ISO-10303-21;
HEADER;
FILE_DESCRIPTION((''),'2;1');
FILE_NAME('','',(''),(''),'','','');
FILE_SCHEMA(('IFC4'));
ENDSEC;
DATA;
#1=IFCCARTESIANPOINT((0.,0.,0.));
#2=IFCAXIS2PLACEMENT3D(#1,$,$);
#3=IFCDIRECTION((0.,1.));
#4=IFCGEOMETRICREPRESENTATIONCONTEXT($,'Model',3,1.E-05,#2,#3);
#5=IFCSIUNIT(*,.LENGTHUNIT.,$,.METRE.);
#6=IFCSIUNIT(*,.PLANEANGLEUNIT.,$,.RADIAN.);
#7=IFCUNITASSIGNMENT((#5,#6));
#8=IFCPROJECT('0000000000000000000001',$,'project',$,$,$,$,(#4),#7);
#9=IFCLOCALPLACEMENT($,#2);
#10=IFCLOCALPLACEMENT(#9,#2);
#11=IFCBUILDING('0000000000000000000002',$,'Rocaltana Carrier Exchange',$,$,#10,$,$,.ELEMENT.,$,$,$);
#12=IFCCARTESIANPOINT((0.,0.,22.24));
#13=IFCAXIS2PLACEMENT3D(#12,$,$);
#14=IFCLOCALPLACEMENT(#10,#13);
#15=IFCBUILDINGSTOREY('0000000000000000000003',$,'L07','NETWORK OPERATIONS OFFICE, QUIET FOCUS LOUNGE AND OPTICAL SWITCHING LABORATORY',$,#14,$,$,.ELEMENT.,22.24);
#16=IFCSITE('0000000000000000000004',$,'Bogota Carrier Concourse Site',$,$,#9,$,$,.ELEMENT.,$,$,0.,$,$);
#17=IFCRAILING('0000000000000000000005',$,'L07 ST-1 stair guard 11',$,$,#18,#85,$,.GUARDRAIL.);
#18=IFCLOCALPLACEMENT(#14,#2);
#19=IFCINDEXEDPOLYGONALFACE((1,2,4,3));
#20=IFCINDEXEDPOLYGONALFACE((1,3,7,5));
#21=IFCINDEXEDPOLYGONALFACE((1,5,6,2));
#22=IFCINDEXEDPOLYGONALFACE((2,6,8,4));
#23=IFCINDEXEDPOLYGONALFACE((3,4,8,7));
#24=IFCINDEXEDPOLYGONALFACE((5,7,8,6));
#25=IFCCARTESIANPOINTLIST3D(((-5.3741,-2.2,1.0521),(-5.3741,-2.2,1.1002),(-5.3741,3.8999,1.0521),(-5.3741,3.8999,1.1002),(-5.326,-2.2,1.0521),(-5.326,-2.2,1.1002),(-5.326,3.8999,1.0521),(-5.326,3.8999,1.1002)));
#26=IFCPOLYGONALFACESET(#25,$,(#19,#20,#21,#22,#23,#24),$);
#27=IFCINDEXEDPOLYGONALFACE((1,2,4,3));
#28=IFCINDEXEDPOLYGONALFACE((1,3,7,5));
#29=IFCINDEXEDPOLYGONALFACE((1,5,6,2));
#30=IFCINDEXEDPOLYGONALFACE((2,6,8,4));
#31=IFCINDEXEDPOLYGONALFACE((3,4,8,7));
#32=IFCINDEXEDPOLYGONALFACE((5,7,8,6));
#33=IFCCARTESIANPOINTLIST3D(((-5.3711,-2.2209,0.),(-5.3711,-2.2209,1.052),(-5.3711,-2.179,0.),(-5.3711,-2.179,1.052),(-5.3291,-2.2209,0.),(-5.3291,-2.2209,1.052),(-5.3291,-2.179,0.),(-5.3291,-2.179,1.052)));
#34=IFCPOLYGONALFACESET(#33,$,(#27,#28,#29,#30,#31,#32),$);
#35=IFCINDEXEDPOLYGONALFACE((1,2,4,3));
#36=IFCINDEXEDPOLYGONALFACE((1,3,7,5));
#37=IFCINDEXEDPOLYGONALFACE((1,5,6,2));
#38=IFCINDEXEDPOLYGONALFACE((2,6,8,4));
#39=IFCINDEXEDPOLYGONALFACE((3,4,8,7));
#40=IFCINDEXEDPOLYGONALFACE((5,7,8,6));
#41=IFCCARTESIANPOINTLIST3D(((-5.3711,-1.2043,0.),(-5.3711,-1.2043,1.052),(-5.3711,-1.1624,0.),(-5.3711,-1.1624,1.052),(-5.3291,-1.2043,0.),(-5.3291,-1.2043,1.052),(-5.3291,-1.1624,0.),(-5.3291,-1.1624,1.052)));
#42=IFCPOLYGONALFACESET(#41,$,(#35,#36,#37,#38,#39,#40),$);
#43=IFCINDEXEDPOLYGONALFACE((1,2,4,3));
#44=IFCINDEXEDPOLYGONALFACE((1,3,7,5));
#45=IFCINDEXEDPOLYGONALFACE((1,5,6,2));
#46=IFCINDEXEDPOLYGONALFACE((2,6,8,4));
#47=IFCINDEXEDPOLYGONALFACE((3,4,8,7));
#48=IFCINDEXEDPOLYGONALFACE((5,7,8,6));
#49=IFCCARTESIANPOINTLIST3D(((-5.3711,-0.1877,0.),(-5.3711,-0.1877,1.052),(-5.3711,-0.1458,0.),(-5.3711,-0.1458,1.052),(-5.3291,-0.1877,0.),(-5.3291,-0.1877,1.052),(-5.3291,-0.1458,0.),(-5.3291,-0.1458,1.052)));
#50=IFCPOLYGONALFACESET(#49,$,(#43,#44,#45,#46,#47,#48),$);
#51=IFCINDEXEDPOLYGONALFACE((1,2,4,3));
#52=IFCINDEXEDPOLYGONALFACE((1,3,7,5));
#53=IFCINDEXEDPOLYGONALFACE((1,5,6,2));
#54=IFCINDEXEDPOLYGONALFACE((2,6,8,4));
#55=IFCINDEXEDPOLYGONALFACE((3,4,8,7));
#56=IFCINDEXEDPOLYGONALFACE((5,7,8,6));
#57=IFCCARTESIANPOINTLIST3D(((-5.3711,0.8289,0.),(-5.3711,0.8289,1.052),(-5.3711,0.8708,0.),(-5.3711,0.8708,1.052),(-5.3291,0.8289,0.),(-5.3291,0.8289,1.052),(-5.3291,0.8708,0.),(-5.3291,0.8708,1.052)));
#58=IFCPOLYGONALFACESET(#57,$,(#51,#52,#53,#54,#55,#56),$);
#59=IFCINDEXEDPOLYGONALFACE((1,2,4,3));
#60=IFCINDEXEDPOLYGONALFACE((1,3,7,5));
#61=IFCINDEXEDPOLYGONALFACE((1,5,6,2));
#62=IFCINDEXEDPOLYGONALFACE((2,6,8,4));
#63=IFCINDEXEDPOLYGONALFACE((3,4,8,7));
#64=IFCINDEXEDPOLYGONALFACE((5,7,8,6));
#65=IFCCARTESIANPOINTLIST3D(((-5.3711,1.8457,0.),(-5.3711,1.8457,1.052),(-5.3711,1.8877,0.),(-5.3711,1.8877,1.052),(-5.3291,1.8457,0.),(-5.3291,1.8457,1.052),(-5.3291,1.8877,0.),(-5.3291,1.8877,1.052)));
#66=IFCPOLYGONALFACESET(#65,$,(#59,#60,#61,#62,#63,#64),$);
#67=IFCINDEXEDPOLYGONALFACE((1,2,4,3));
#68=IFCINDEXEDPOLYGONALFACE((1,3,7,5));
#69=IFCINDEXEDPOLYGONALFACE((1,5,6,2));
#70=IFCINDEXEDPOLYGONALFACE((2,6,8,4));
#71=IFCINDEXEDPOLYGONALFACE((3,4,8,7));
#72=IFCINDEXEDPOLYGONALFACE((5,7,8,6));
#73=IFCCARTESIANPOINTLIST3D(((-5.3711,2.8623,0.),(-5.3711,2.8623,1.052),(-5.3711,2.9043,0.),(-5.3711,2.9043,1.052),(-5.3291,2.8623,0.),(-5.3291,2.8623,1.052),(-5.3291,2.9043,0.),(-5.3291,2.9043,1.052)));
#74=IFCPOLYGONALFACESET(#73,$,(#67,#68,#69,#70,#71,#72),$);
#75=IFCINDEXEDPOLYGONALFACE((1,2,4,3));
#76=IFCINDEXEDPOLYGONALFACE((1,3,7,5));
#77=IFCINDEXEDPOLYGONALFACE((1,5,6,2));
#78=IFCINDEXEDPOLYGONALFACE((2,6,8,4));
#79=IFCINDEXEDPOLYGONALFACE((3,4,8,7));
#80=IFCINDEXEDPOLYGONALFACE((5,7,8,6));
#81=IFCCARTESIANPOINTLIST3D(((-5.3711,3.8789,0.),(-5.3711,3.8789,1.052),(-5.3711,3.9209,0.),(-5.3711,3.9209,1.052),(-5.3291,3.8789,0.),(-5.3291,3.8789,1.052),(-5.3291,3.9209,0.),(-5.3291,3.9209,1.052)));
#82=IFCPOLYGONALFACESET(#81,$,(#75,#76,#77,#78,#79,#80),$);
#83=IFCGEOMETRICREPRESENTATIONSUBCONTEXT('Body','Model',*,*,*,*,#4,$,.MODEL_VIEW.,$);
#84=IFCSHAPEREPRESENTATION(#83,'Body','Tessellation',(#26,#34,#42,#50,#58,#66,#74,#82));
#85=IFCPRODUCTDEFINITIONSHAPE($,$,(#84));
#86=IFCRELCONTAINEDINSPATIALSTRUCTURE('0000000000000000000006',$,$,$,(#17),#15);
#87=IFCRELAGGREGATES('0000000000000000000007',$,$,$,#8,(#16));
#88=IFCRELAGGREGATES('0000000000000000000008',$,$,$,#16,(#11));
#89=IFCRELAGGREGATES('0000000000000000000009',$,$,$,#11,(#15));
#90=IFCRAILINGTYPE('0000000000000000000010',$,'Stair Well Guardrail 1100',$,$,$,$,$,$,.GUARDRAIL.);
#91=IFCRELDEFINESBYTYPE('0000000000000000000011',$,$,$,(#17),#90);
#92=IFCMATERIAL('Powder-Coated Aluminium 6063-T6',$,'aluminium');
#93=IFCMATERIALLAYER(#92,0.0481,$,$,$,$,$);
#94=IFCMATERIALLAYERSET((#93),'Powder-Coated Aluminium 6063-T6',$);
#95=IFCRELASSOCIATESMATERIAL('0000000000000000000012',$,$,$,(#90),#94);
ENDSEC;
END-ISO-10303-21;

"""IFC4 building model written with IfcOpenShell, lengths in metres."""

from ifc_helpers import new_model, si_unit, direction, frame, origin, origin_2d, place, context, subcontext, project, spatial, rectangle, extrude, material, layer, layer_set, type_object, element, save


model = new_model("IFC4")

# Units and contexts
model_context = context("Model", 3, precision=1e-05, world=origin(), true_north=direction((0.0, 1.0)))
body_context = subcontext(model_context, "Body", "Model", "MODEL_VIEW")
ifc_project = project(units=[si_unit("LENGTHUNIT", "METRE"), si_unit("PLANEANGLEUNIT", "RADIAN")], contexts=[model_context])

# Site, building, storey
site_placement = place(None, origin())
site = spatial("IfcSite", under=ifc_project, at=site_placement, Name="Bogota Carrier Concourse Site", CompositionType="ELEMENT", RefElevation=0.0)
building_placement = place(site_placement, origin())
building = spatial("IfcBuilding", under=site, at=building_placement, Name="Rocaltana Carrier Exchange", CompositionType="ELEMENT")
storey_placement = place(building_placement, frame((0.0, 0.0, 22.24)))
storey = spatial("IfcBuildingStorey", under=building, at=storey_placement, Name="L07", Description="NETWORK OPERATIONS OFFICE, QUIET FOCUS LOUNGE AND OPTICAL SWITCHING LABORATORY", CompositionType="ELEMENT", Elevation=22.24)

# Railing
ifc_material_1 = material(Name="Powder-Coated Aluminium 6063-T6", Category="aluminium")
ifc_layer_1 = layer(ifc_material_1, 0.0481)
ifc_layer_set_1 = layer_set([ifc_layer_1], Name="Powder-Coated Aluminium 6063-T6")
railing_type_1 = type_object("IfcRailingType", Name="Stair Well Guardrail 1100", PredefinedType="GUARDRAIL", material=ifc_layer_set_1)
for number, where, name in (
    (1, (-5.3501, -2.2, 0.0), "L07 ST-1 stair guard 11"),
):
    element("IfcRailing", number, at=place(storey_placement, frame(where)), inside=storey, type_object=railing_type_1, Name=name, PredefinedType="GUARDRAIL", context=body_context, shape_type="SweptSolid", body=[
        extrude(rectangle(XDim=0.0481, YDim=0.0481, at=origin_2d()), frame((0.0, 0.0, 1.0762), z_axis=(0.0, 1.0, 0.0), x_axis=(-1.0, 0.0, 0.0)), (0.0, 0.0, 1.0), 6.0999),
        extrude(rectangle(XDim=0.042, YDim=0.042, at=origin_2d()), origin(), (0.0, 0.0, 1.0), 1.052),
        extrude(rectangle(XDim=0.042, YDim=0.042, at=origin_2d()), frame((0.0, 1.0166, 0.0)), (0.0, 0.0, 1.0), 1.052),
        extrude(rectangle(XDim=0.042, YDim=0.042, at=origin_2d()), frame((0.0, 2.0332, 0.0)), (0.0, 0.0, 1.0), 1.052),
        extrude(rectangle(XDim=0.042, YDim=0.042, at=origin_2d()), frame((0.0, 3.0498, 0.0)), (0.0, 0.0, 1.0), 1.052),
        extrude(rectangle(XDim=0.042, YDim=0.042, at=origin_2d()), frame((0.0, 4.0667, 0.0)), (0.0, 0.0, 1.0), 1.052),
        extrude(rectangle(XDim=0.042, YDim=0.042, at=origin_2d()), frame((0.0, 5.0833, 0.0)), (0.0, 0.0, 1.0), 1.052),
        extrude(rectangle(XDim=0.042, YDim=0.042, at=origin_2d()), frame((0.0, 6.0999, 0.0)), (0.0, 0.0, 1.0), 1.052),
    ])

save(model, "model.ifc")
